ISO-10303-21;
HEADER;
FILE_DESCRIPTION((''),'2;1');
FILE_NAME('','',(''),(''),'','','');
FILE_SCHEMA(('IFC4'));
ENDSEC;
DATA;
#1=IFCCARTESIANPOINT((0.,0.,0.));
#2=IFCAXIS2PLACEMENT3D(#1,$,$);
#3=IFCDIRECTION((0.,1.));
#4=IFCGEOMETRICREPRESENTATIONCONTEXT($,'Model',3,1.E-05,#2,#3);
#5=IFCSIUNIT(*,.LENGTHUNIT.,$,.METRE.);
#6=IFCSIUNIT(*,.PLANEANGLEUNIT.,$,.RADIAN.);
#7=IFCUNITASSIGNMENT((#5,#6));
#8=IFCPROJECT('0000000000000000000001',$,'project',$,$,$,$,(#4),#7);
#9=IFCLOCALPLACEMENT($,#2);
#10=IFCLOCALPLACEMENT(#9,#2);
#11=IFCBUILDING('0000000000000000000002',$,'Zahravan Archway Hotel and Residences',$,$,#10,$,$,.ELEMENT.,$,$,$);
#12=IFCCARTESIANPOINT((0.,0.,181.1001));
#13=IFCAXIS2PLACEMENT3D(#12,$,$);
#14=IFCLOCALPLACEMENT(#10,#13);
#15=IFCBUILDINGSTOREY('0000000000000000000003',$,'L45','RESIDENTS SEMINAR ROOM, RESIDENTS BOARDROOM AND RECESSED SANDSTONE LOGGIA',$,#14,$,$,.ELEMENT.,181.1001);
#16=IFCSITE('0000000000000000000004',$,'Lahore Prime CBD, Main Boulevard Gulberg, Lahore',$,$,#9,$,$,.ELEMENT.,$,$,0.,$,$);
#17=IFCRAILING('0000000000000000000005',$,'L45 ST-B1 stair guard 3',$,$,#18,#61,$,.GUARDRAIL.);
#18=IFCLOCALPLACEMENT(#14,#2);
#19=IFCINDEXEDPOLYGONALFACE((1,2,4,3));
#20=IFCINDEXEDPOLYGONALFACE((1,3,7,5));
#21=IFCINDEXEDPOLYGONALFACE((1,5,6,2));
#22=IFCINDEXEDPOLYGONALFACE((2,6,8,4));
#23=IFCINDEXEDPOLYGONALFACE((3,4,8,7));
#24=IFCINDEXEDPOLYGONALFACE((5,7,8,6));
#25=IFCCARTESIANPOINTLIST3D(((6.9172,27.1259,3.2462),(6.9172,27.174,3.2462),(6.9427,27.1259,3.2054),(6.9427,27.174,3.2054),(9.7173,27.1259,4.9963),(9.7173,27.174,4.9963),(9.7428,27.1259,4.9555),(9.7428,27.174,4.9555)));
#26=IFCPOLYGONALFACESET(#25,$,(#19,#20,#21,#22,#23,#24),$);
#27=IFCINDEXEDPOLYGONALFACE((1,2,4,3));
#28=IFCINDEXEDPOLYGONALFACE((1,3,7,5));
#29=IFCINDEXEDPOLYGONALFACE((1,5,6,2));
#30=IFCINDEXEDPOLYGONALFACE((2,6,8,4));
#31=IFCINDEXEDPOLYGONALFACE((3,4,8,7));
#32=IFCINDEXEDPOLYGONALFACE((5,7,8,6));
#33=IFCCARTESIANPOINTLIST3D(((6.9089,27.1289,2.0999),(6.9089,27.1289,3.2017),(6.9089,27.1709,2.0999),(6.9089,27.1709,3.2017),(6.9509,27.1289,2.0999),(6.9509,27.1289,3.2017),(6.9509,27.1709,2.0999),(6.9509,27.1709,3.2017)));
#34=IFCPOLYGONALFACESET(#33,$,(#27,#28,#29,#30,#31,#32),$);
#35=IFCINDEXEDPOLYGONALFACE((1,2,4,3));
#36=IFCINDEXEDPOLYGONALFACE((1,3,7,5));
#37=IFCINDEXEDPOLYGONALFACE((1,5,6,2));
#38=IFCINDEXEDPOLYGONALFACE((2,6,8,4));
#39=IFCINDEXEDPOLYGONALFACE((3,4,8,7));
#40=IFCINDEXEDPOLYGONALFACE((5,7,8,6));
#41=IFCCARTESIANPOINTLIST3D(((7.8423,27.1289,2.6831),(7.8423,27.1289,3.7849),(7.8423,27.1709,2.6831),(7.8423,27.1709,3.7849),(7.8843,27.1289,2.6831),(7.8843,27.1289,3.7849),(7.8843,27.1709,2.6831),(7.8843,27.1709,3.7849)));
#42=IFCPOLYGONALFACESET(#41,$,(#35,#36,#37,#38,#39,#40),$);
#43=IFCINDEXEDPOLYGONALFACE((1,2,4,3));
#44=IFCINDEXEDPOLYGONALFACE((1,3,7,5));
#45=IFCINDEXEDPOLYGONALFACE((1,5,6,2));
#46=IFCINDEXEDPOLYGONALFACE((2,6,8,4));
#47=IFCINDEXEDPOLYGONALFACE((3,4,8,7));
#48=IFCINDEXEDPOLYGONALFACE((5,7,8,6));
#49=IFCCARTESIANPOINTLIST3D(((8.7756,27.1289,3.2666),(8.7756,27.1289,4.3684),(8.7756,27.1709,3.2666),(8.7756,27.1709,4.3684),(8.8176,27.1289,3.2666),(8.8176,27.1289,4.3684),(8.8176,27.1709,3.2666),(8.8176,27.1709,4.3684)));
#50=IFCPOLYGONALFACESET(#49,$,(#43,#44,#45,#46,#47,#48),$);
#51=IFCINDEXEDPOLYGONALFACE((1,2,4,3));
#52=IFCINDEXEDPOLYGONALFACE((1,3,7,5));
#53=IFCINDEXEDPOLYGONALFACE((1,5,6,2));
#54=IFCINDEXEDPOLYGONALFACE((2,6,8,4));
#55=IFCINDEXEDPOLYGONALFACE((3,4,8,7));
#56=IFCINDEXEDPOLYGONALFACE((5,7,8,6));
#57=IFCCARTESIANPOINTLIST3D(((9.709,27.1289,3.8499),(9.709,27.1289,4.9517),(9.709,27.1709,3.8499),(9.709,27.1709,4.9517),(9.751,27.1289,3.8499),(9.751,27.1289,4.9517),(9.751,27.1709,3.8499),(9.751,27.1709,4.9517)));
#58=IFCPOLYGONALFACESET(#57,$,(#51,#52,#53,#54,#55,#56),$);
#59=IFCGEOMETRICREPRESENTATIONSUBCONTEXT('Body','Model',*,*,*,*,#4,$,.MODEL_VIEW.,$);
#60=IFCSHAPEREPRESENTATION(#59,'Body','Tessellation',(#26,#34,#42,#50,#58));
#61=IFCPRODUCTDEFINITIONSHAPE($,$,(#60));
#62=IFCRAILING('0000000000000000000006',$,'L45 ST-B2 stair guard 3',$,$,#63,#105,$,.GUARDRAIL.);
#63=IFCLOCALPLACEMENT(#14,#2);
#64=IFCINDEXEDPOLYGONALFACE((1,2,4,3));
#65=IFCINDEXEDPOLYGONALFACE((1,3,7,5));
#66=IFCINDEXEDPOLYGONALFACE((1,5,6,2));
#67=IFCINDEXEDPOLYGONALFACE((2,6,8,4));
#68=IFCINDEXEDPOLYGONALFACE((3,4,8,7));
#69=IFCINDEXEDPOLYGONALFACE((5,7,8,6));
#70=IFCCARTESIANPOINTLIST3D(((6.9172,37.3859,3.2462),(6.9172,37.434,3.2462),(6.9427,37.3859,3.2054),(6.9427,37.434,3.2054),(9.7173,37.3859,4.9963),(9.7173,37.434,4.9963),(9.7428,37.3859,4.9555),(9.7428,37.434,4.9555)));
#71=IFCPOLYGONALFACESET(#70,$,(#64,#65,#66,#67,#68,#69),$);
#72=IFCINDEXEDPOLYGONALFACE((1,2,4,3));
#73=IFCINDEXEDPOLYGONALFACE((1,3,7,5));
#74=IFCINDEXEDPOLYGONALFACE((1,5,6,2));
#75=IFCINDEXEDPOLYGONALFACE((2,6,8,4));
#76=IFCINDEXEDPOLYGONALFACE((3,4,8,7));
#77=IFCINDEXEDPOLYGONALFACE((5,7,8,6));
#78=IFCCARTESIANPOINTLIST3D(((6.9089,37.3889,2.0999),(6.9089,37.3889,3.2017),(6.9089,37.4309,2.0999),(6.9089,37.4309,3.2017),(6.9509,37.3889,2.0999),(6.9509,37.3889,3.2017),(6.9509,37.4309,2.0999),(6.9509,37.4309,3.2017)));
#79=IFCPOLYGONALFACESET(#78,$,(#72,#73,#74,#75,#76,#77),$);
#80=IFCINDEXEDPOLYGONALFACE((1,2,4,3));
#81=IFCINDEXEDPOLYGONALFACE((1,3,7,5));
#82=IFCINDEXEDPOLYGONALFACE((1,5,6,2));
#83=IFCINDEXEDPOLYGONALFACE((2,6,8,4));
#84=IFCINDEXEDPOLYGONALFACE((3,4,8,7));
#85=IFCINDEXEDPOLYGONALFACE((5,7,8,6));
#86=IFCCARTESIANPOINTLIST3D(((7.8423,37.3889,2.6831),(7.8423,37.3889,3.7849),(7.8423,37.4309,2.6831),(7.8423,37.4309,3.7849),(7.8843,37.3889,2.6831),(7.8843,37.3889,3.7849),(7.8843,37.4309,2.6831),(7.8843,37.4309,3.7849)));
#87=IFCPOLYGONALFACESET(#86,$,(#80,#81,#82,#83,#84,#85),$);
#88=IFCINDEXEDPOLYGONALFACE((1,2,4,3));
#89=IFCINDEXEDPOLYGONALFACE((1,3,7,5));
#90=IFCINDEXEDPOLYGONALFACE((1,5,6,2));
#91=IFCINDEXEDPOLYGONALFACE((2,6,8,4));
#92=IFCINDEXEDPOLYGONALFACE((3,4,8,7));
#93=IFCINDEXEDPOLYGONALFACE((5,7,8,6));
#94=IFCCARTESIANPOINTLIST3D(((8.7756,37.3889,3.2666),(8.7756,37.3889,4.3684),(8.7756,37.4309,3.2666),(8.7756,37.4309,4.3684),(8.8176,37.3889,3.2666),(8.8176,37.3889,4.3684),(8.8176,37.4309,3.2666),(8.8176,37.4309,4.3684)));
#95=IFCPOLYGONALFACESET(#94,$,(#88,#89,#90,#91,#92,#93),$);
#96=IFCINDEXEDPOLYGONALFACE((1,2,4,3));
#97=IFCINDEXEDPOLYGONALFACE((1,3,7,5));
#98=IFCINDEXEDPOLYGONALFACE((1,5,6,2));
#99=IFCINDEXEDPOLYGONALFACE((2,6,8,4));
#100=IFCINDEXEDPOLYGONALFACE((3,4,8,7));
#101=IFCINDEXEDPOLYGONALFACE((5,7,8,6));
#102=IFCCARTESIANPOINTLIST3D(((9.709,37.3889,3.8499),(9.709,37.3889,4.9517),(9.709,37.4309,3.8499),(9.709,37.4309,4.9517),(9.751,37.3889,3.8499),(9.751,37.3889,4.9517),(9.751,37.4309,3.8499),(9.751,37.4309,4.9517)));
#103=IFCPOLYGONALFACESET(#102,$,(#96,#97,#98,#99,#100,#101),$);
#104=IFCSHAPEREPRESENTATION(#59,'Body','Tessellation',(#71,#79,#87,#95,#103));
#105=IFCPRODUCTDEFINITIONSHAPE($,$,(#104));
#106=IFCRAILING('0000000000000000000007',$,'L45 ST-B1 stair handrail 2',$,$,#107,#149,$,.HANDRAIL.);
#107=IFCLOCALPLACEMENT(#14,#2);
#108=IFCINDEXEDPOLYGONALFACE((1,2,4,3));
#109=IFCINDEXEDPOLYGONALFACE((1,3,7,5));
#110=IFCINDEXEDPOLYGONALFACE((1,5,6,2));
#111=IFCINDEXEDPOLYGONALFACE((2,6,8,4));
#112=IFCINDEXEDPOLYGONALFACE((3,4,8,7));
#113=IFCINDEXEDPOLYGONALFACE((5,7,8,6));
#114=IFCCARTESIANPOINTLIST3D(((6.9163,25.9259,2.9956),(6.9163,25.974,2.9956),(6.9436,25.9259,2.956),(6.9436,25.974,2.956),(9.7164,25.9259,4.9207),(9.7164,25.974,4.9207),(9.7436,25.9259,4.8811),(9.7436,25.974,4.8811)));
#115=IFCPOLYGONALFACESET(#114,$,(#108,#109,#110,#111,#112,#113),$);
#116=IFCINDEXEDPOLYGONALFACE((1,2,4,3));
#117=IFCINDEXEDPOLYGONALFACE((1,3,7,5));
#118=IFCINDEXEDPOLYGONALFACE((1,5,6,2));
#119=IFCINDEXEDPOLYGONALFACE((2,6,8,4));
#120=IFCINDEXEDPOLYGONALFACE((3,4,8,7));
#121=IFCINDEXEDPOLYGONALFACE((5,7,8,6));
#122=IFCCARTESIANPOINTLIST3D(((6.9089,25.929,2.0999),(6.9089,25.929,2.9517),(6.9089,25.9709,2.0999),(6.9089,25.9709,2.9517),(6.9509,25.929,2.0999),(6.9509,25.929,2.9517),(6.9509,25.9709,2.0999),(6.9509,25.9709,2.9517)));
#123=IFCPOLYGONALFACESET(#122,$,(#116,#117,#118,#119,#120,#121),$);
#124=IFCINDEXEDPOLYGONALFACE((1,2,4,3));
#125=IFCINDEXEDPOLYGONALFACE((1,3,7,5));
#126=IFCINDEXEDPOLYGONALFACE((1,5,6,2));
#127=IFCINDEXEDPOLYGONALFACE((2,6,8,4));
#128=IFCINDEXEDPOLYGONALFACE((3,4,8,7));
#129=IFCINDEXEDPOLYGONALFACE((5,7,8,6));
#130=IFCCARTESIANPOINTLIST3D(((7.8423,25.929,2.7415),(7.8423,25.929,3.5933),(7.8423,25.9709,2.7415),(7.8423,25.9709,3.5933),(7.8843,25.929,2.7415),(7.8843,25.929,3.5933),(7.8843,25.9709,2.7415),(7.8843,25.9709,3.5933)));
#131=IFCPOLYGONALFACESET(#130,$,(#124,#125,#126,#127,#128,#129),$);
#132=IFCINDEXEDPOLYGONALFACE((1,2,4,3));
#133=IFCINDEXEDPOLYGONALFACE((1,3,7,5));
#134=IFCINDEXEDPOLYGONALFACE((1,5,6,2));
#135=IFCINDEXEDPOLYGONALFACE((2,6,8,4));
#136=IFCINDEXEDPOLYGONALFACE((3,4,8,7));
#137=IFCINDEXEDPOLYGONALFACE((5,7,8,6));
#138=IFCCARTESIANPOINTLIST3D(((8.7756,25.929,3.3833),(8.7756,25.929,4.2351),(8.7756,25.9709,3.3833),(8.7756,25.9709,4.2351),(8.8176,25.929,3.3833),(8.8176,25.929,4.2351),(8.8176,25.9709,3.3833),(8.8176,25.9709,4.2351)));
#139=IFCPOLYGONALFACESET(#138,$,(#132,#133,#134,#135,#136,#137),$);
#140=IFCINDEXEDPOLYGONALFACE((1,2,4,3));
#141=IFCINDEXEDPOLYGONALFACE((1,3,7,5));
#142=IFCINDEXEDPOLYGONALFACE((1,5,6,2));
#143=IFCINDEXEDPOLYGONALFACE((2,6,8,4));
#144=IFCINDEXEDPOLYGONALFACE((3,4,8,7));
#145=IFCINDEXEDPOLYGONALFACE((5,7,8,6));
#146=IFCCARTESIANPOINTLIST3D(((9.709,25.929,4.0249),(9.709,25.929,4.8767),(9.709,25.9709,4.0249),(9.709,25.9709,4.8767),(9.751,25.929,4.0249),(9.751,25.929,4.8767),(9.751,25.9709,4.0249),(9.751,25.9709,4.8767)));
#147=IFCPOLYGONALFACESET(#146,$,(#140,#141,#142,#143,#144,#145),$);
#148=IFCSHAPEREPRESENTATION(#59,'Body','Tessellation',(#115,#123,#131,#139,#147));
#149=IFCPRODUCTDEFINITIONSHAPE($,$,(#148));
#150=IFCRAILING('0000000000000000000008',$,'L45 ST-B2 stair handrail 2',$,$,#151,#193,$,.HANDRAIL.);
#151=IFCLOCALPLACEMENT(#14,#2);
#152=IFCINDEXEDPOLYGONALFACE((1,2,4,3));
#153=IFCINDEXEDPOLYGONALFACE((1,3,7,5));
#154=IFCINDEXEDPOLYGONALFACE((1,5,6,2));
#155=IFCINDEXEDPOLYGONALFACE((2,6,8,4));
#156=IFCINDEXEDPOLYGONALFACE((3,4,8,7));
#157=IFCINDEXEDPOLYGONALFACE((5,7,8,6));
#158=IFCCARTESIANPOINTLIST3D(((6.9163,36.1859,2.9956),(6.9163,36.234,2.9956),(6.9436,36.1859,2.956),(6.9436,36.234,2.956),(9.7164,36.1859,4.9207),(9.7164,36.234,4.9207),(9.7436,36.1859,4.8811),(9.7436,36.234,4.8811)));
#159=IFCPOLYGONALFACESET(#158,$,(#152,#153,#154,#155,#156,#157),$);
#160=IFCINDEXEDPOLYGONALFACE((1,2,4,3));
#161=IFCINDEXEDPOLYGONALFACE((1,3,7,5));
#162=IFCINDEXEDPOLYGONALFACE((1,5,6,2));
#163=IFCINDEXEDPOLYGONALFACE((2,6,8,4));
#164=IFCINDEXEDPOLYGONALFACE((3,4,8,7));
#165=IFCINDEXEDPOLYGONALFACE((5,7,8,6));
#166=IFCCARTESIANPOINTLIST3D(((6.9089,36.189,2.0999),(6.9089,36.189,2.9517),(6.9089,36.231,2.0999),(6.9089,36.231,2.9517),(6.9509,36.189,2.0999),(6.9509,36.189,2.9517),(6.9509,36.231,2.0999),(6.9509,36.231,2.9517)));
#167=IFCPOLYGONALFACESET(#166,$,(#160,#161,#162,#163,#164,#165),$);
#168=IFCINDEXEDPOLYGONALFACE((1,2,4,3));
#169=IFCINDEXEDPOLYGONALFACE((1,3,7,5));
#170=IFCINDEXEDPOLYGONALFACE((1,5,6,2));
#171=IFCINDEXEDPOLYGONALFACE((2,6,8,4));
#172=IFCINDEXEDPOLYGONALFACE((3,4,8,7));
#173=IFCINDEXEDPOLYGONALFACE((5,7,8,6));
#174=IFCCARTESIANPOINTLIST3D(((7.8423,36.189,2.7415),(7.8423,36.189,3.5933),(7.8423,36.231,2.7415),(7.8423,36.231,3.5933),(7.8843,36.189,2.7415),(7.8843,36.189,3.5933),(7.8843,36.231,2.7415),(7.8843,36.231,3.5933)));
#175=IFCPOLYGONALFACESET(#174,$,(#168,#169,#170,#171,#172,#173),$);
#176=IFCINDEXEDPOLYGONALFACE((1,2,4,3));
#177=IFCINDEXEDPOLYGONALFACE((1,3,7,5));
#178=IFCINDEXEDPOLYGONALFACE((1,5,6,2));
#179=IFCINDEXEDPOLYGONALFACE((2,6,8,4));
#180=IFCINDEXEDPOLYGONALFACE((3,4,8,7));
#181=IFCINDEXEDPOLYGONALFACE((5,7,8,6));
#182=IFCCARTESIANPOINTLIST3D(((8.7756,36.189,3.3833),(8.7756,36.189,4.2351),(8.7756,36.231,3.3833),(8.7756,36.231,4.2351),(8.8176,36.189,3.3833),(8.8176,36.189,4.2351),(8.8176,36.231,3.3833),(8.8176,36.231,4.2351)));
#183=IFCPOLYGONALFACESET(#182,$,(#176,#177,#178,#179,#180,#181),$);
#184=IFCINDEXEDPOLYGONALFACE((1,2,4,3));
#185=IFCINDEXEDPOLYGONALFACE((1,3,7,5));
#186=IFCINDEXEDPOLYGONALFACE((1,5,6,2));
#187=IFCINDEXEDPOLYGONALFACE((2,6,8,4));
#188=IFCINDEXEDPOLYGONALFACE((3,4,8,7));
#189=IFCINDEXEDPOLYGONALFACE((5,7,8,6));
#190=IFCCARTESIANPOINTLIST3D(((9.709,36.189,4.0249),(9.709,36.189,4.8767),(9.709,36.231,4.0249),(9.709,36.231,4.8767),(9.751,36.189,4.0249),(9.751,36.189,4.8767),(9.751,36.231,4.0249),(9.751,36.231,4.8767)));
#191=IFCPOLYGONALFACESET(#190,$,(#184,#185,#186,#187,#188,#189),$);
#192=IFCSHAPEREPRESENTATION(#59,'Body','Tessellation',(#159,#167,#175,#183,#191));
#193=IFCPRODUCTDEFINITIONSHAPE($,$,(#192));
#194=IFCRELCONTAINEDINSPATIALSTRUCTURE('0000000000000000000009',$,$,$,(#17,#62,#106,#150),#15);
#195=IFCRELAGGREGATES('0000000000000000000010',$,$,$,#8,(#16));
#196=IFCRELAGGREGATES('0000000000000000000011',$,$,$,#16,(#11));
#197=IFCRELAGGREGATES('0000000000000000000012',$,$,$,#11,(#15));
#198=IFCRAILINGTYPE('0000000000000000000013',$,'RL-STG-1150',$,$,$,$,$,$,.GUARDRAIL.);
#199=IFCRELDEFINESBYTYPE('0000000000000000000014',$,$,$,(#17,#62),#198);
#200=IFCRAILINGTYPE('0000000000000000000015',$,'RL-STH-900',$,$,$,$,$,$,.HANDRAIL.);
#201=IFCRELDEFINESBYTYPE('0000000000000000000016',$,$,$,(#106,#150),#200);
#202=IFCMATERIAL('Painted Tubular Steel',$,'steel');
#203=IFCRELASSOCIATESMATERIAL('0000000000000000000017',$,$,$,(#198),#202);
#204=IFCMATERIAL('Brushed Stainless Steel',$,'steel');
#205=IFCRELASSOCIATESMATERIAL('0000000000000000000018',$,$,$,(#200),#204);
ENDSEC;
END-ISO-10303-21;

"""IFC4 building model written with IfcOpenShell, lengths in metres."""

from ifc_helpers import new_model, si_unit, direction, frame, origin, origin_2d, place, context, subcontext, project, spatial, rectangle, extrude, material, type_object, element, save


model = new_model("IFC4")

# Units and contexts
model_context = context("Model", 3, precision=1e-05, world=origin(), true_north=direction((0.0, 1.0)))
body_context = subcontext(model_context, "Body", "Model", "MODEL_VIEW")
ifc_project = project(units=[si_unit("LENGTHUNIT", "METRE"), si_unit("PLANEANGLEUNIT", "RADIAN")], contexts=[model_context])

# Site, building, storey
site_placement = place(None, origin())
site = spatial("IfcSite", under=ifc_project, at=site_placement, Name="Lahore Prime CBD, Main Boulevard Gulberg, Lahore", CompositionType="ELEMENT", RefElevation=0.0)
building_placement = place(site_placement, origin())
building = spatial("IfcBuilding", under=site, at=building_placement, Name="Zahravan Archway Hotel and Residences", CompositionType="ELEMENT")
storey_placement = place(building_placement, frame((0.0, 0.0, 181.1001)))
storey = spatial("IfcBuildingStorey", under=building, at=storey_placement, Name="L45", Description="RESIDENTS SEMINAR ROOM, RESIDENTS BOARDROOM AND RECESSED SANDSTONE LOGGIA", CompositionType="ELEMENT", Elevation=181.1001)

# Shared definitions
ifc_material_1 = material(Name="Brushed Stainless Steel", Category="steel")

# Railings
ifc_material_2 = material(Name="Painted Tubular Steel", Category="steel")
railing_type_1 = type_object("IfcRailingType", Name="RL-STG-1150", PredefinedType="GUARDRAIL", material=ifc_material_2)
for number, where, name in (
    (1, (6.9299, 27.1499, 2.0999), "L45 ST-B1 stair guard 3"),
    (2, (6.9299, 37.4099, 2.0999), "L45 ST-B2 stair guard 3"),
):
    element("IfcRailing", number, at=place(storey_placement, frame(where)), inside=storey, type_object=railing_type_1, Name=name, PredefinedType="GUARDRAIL", context=body_context, shape_type="SweptSolid", body=[
        extrude(rectangle(XDim=0.0481, YDim=0.0481, at=origin_2d()), frame((0.0, 0.0, 1.126), z_axis=(0.848002, 0.0, 0.529992), x_axis=(0.0, 1.0, 0.0)), (0.0, 0.0, 1.0), 3.302),
        extrude(rectangle(XDim=0.042, YDim=0.042, at=origin_2d()), origin(), (0.0, 0.0, 1.0), 1.1018),
        extrude(rectangle(XDim=0.042, YDim=0.042, at=origin_2d()), frame((0.9333, 0.0, 0.5833)), (0.0, 0.0, 1.0), 1.1018),
        extrude(rectangle(XDim=0.042, YDim=0.042, at=origin_2d()), frame((1.8667, 0.0, 1.1667)), (0.0, 0.0, 1.0), 1.1018),
        extrude(rectangle(XDim=0.042, YDim=0.042, at=origin_2d()), frame((2.8, 0.0, 1.75)), (0.0, 0.0, 1.0), 1.1018),
    ])
railing_type_2 = type_object("IfcRailingType", Name="RL-STH-900", PredefinedType="HANDRAIL", material=ifc_material_1)
for number, where, name in (
    (3, (6.9299, 25.95, 2.0999), "L45 ST-B1 stair handrail 2"),
    (4, (6.9299, 36.21, 2.0999), "L45 ST-B2 stair handrail 2"),
):
    element("IfcRailing", number, at=place(storey_placement, frame(where)), inside=storey, type_object=railing_type_2, Name=name, PredefinedType="HANDRAIL", context=body_context, shape_type="SweptSolid", body=[
        extrude(rectangle(XDim=0.0481, YDim=0.0481, at=origin_2d()), frame((0.0, 0.0, 0.876), z_axis=(0.82404, 0.0, 0.566532), x_axis=(0.0, 1.0, 0.0)), (0.0, 0.0, 1.0), 3.3979),
        extrude(rectangle(XDim=0.042, YDim=0.042, at=origin_2d()), origin(), (0.0, 0.0, 1.0), 0.8518),
        extrude(rectangle(XDim=0.042, YDim=0.042, at=origin_2d()), frame((0.9333, 0.0, 0.6416)), (0.0, 0.0, 1.0), 0.8518),
        extrude(rectangle(XDim=0.042, YDim=0.042, at=origin_2d()), frame((1.8667, 0.0, 1.2834)), (0.0, 0.0, 1.0), 0.8518),
        extrude(rectangle(XDim=0.042, YDim=0.042, at=origin_2d()), frame((2.8, 0.0, 1.925)), (0.0, 0.0, 1.0), 0.8518),
    ])

save(model, "model.ifc")
